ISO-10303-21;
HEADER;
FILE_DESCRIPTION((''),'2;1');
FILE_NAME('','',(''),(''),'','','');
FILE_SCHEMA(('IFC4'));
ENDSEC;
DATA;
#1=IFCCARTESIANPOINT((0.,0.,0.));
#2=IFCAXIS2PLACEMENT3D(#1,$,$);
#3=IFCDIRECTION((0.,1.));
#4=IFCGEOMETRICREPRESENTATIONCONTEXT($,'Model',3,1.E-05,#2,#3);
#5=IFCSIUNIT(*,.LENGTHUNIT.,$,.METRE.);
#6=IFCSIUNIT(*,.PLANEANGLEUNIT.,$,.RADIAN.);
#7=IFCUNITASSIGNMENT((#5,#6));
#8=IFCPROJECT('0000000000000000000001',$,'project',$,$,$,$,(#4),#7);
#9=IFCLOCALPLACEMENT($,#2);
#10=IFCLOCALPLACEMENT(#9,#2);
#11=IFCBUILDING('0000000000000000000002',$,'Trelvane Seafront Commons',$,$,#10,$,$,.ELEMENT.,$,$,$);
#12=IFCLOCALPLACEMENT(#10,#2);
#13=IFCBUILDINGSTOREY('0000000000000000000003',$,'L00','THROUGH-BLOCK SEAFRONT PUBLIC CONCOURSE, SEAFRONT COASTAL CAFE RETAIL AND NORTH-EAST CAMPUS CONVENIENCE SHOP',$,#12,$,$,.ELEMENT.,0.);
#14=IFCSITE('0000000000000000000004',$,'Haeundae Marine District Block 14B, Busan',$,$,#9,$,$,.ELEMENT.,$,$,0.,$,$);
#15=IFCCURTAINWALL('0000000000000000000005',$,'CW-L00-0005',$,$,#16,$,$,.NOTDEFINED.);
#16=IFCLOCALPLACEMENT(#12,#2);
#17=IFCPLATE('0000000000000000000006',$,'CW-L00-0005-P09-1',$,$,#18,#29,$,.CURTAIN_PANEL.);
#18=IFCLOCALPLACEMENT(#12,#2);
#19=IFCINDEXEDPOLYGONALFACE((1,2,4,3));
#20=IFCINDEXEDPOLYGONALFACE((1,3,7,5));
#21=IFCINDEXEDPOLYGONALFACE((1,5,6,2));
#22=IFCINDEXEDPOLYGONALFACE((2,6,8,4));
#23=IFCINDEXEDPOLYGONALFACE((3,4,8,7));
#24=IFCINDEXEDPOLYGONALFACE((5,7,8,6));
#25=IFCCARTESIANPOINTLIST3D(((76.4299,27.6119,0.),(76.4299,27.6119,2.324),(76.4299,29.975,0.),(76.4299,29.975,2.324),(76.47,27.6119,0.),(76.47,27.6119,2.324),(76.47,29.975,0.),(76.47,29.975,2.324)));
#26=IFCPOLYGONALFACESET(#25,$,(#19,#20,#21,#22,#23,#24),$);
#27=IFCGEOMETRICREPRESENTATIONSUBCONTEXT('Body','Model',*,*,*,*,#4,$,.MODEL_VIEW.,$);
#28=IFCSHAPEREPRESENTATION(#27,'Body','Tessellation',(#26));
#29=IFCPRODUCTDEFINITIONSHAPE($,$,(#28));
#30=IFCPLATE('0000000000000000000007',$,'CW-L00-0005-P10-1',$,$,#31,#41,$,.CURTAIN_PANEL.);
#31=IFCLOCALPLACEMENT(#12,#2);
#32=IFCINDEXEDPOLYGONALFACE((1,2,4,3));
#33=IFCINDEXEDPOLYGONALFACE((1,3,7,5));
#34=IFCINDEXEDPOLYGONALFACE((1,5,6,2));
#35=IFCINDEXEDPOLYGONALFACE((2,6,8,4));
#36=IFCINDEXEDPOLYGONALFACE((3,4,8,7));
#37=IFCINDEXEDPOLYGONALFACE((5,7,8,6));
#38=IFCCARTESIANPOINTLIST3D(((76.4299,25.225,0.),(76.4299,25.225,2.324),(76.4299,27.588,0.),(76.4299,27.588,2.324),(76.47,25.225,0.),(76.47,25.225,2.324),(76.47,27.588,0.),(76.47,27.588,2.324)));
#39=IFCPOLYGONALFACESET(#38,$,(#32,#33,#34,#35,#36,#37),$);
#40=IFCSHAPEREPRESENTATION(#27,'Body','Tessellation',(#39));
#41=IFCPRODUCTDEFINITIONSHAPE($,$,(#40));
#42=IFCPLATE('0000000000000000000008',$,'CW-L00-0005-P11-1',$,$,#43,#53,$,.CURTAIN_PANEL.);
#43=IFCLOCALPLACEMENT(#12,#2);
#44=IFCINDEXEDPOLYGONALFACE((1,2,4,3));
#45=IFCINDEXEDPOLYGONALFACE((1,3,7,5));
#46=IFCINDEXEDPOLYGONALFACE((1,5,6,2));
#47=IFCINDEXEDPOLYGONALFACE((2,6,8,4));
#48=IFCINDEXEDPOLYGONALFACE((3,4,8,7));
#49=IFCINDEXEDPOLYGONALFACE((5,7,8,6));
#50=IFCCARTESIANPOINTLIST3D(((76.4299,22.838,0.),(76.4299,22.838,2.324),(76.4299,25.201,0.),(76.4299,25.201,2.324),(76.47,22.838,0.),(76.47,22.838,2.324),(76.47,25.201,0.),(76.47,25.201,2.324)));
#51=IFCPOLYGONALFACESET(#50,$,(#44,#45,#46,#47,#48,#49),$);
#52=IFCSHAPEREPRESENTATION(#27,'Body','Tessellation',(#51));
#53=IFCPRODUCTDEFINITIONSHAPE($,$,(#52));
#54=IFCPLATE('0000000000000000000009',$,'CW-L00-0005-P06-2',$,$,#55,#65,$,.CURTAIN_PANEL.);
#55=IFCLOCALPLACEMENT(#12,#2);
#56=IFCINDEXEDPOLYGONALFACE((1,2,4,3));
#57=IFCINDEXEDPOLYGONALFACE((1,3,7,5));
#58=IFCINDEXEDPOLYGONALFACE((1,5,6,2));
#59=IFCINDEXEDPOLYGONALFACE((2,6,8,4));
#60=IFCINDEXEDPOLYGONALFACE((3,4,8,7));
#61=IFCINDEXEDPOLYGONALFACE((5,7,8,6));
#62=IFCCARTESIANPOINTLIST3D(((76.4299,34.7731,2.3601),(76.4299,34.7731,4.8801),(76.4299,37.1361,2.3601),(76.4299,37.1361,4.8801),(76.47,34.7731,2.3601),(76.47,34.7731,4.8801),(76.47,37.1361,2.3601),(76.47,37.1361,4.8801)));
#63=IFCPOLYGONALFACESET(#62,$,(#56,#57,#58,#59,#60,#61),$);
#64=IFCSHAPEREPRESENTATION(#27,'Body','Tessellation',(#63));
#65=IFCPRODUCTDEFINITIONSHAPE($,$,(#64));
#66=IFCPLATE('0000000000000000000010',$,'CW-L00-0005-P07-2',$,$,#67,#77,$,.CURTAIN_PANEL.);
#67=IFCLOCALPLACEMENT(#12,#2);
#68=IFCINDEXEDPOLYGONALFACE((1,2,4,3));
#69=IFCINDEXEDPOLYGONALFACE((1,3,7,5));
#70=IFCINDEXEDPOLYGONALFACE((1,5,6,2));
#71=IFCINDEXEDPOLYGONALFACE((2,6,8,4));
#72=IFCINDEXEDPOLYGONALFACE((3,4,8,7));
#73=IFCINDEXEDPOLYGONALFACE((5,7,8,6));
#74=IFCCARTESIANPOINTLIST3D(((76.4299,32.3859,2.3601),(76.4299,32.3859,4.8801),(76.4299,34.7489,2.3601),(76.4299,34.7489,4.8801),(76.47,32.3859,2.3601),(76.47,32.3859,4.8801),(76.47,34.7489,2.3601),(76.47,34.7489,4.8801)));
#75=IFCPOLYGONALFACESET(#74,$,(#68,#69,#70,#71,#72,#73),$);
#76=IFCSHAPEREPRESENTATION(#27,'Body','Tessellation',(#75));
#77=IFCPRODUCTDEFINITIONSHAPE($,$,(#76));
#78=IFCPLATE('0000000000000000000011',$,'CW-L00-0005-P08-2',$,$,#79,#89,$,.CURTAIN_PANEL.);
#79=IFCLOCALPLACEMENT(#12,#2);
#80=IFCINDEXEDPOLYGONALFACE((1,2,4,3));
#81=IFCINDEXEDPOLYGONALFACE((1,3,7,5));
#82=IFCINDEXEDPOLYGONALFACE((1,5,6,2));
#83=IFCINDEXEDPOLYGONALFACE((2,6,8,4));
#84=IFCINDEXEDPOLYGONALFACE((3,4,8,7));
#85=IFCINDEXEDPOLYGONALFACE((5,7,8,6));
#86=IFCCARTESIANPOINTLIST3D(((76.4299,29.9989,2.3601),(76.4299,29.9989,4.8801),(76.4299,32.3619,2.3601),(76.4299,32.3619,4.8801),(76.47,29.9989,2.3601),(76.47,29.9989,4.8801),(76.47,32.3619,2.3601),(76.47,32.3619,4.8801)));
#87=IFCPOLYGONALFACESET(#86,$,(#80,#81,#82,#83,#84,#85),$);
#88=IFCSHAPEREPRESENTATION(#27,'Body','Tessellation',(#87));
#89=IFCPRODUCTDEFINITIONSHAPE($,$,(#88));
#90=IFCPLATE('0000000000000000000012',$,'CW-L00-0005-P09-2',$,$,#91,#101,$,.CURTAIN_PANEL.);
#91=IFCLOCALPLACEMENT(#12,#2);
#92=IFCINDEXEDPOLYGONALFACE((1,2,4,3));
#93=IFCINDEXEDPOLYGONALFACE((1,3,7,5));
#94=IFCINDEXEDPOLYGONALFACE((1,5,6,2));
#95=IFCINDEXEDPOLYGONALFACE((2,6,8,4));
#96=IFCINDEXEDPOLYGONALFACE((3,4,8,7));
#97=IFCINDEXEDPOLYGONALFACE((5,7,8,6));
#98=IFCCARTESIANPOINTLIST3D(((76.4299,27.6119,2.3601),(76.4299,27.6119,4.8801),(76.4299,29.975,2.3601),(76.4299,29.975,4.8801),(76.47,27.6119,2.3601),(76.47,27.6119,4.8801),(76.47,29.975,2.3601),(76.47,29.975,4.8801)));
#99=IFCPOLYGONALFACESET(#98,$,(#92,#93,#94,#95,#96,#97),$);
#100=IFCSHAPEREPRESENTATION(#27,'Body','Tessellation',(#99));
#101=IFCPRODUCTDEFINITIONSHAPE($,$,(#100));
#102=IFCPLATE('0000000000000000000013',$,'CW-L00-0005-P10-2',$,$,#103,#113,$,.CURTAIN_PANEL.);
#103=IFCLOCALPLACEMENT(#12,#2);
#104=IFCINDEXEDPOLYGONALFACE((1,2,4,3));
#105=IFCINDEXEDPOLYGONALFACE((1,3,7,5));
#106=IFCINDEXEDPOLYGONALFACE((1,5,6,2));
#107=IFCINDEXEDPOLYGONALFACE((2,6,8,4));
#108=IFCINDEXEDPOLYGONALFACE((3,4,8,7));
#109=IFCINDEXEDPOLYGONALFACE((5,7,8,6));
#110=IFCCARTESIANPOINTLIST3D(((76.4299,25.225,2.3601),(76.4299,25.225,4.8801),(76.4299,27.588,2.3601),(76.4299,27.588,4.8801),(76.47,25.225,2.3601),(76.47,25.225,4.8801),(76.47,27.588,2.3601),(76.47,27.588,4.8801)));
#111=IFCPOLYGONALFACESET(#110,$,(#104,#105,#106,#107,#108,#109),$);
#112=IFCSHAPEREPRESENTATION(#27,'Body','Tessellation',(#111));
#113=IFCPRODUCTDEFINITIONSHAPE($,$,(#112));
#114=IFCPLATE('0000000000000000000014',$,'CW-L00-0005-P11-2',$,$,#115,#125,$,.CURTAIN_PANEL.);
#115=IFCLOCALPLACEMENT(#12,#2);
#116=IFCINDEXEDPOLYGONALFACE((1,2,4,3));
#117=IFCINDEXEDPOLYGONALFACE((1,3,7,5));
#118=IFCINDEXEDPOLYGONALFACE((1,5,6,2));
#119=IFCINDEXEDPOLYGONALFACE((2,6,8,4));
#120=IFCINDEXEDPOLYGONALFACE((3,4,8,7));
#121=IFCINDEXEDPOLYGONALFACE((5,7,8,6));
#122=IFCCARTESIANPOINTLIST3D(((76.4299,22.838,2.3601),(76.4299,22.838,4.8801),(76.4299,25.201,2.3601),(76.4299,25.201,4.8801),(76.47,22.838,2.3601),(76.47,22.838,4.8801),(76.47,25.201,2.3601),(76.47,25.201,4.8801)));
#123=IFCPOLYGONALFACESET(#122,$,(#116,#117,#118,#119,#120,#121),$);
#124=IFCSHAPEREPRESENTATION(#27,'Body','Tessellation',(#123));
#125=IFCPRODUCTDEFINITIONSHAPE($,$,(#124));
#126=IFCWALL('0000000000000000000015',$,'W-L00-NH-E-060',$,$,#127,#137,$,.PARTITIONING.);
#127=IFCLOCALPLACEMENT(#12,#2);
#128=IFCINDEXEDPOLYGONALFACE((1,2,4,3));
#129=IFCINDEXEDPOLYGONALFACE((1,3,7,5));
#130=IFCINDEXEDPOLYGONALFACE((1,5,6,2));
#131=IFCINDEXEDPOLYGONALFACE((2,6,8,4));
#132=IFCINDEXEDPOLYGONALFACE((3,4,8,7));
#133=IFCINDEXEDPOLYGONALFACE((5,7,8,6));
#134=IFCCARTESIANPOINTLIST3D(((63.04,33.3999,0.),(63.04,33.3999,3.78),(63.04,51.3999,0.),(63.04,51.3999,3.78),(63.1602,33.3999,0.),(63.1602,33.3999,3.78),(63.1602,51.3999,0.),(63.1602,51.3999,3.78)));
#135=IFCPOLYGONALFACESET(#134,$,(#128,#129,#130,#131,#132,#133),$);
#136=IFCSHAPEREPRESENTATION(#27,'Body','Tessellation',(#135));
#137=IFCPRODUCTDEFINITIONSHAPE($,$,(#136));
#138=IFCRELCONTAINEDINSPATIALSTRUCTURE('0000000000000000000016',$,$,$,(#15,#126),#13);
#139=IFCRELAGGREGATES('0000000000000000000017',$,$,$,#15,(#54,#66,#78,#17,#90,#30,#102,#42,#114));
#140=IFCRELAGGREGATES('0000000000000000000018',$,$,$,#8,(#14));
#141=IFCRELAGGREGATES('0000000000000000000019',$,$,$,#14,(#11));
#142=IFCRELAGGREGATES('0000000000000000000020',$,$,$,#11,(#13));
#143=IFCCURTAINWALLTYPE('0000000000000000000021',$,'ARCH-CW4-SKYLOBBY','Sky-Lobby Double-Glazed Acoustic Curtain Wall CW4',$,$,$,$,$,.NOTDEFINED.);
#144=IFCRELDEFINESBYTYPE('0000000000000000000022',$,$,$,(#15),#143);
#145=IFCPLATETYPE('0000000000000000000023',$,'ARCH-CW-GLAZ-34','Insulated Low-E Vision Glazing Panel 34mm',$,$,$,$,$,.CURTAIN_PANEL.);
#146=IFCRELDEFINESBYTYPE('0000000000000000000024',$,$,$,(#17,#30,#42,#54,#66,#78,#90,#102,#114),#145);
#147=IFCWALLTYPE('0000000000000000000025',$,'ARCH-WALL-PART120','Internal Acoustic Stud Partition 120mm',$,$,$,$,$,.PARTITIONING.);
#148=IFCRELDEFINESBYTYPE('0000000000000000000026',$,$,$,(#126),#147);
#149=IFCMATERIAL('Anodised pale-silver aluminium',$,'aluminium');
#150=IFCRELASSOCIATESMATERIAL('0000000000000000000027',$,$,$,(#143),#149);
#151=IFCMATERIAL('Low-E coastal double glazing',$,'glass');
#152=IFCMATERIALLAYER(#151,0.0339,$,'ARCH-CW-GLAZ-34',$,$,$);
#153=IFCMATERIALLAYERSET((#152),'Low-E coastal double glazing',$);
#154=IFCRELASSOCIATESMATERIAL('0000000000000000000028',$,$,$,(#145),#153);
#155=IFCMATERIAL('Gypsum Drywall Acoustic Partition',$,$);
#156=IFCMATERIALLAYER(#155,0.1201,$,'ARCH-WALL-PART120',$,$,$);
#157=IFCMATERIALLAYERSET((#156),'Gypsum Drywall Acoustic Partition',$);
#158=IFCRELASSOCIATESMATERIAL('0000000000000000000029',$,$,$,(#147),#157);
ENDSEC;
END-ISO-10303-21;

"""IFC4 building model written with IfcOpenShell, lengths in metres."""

from ifc_helpers import new_model, si_unit, direction, frame, frame_2d, origin, origin_2d, place, context, subcontext, project, spatial, rectangle, extrude, source, transform, mapped, material, layer, layer_set, type_object, element, aggregate, save


model = new_model("IFC4")

# Units and contexts
model_context = context("Model", 3, precision=1e-05, world=origin(), true_north=direction((0.0, 1.0)))
body_context = subcontext(model_context, "Body", "Model", "MODEL_VIEW")
ifc_project = project(units=[si_unit("LENGTHUNIT", "METRE"), si_unit("PLANEANGLEUNIT", "RADIAN")], contexts=[model_context])

# Site, building, storey
site_placement = place(None, origin())
site = spatial("IfcSite", under=ifc_project, at=site_placement, Name="Haeundae Marine District Block 14B, Busan", CompositionType="ELEMENT", RefElevation=0.0)
building_placement = place(site_placement, origin())
building = spatial("IfcBuilding", under=site, at=building_placement, Name="Trelvane Seafront Commons", CompositionType="ELEMENT")
storey_placement = place(building_placement, origin())
storey = spatial("IfcBuildingStorey", under=building, at=storey_placement, Name="L00", Description="THROUGH-BLOCK SEAFRONT PUBLIC CONCOURSE, SEAFRONT COASTAL CAFE RETAIL AND NORTH-EAST CAMPUS CONVENIENCE SHOP", CompositionType="ELEMENT", Elevation=0.0)

# Curtain wall, plates
ifc_material_1 = material(Name="Anodised pale-silver aluminium", Category="aluminium")
curtain_wall_type = type_object("IfcCurtainWallType", Name="ARCH-CW4-SKYLOBBY", Description="Sky-Lobby Double-Glazed Acoustic Curtain Wall CW4", PredefinedType="NOTDEFINED", material=ifc_material_1)
curtain_wall_placement = place(storey_placement, origin())
curtain_wall = element("IfcCurtainWall", 1, at=curtain_wall_placement, inside=storey, type_object=curtain_wall_type, Name="CW-L00-0005", PredefinedType="NOTDEFINED")
ifc_material_2 = material(Name="Low-E coastal double glazing", Category="glass")
ifc_layer_1 = layer(ifc_material_2, 0.0339, Name="ARCH-CW-GLAZ-34")
ifc_layer_set_1 = layer_set([ifc_layer_1], Name="Low-E coastal double glazing")
plate_type = type_object("IfcPlateType", Name="ARCH-CW-GLAZ-34", Description="Insulated Low-E Vision Glazing Panel 34mm", PredefinedType="CURTAIN_PANEL", material=ifc_layer_set_1)
shared_shape_1 = source(origin(), body_context, "Body", "SweptSolid", [
    extrude(rectangle(XDim=2.363, YDim=0.04, at=origin_2d()), origin(), (0.0, 0.0, 1.0), 2.324),
])
plate_1_placement = place(storey_placement, frame((76.45, 28.7935, 0.0), z_axis=(0.0, 0.0, 1.0), x_axis=(0.0, -1.0, 0.0)))
plate_1 = element("IfcPlate", 2, at=plate_1_placement, type_object=plate_type, Name="CW-L00-0005-P09-1", PredefinedType="CURTAIN_PANEL", context=body_context, shape_type="MappedRepresentation", body=[
    mapped(shared_shape_1, transform((0.0, 0.0, 0.0), x_axis=(1.0, 0.0, 0.0), y_axis=(0.0, 1.0, 0.0), z_axis=(0.0, 0.0, 1.0), scale=1.0)),
])
plate_2_placement = place(storey_placement, frame((76.45, 26.4065, 0.0), z_axis=(0.0, 0.0, 1.0), x_axis=(0.0, -1.0, 0.0)))
plate_2 = element("IfcPlate", 3, at=plate_2_placement, type_object=plate_type, Name="CW-L00-0005-P10-1", PredefinedType="CURTAIN_PANEL", context=body_context, shape_type="MappedRepresentation", body=[
    mapped(shared_shape_1, transform((0.0, 0.0, 0.0), x_axis=(1.0, 0.0, 0.0), y_axis=(0.0, 1.0, 0.0), z_axis=(0.0, 0.0, 1.0), scale=1.0)),
])
plate_3_placement = place(storey_placement, frame((76.45, 24.0195, 0.0), z_axis=(0.0, 0.0, 1.0), x_axis=(0.0, -1.0, 0.0)))
plate_3 = element("IfcPlate", 4, at=plate_3_placement, type_object=plate_type, Name="CW-L00-0005-P11-1", PredefinedType="CURTAIN_PANEL", context=body_context, shape_type="MappedRepresentation", body=[
    mapped(shared_shape_1, transform((0.0, 0.0, 0.0), x_axis=(1.0, 0.0, 0.0), y_axis=(0.0, 1.0, 0.0), z_axis=(0.0, 0.0, 1.0), scale=1.0)),
])
shared_shape_2 = source(origin(), body_context, "Body", "SweptSolid", [
    extrude(rectangle(XDim=2.363, YDim=0.04, at=origin_2d()), origin(), (0.0, 0.0, 1.0), 2.52),
])
plate_4_placement = place(storey_placement, frame((76.45, 35.9546, 2.3601), z_axis=(0.0, 0.0, 1.0), x_axis=(0.0, -1.0, 0.0)))
plate_4 = element("IfcPlate", 5, at=plate_4_placement, type_object=plate_type, Name="CW-L00-0005-P06-2", PredefinedType="CURTAIN_PANEL", context=body_context, shape_type="MappedRepresentation", body=[
    mapped(shared_shape_2, transform((0.0, 0.0, 0.0), x_axis=(1.0, 0.0, 0.0), y_axis=(0.0, 1.0, 0.0), z_axis=(0.0, 0.0, 1.0), scale=1.0)),
])
plate_5_placement = place(storey_placement, frame((76.45, 33.5674, 2.3601), z_axis=(0.0, 0.0, 1.0), x_axis=(0.0, -1.0, 0.0)))
plate_5 = element("IfcPlate", 6, at=plate_5_placement, type_object=plate_type, Name="CW-L00-0005-P07-2", PredefinedType="CURTAIN_PANEL", context=body_context, shape_type="MappedRepresentation", body=[
    mapped(shared_shape_2, transform((0.0, 0.0, 0.0), x_axis=(1.0, 0.0, 0.0), y_axis=(0.0, 1.0, 0.0), z_axis=(0.0, 0.0, 1.0), scale=1.0)),
])
plate_6_placement = place(storey_placement, frame((76.45, 31.1804, 2.3601), z_axis=(0.0, 0.0, 1.0), x_axis=(0.0, -1.0, 0.0)))
plate_6 = element("IfcPlate", 7, at=plate_6_placement, type_object=plate_type, Name="CW-L00-0005-P08-2", PredefinedType="CURTAIN_PANEL", context=body_context, shape_type="MappedRepresentation", body=[
    mapped(shared_shape_2, transform((0.0, 0.0, 0.0), x_axis=(1.0, 0.0, 0.0), y_axis=(0.0, 1.0, 0.0), z_axis=(0.0, 0.0, 1.0), scale=1.0)),
])
plate_7_placement = place(storey_placement, frame((76.45, 28.7935, 2.3601), z_axis=(0.0, 0.0, 1.0), x_axis=(0.0, -1.0, 0.0)))
plate_7 = element("IfcPlate", 8, at=plate_7_placement, type_object=plate_type, Name="CW-L00-0005-P09-2", PredefinedType="CURTAIN_PANEL", context=body_context, shape_type="MappedRepresentation", body=[
    mapped(shared_shape_2, transform((0.0, 0.0, 0.0), x_axis=(1.0, 0.0, 0.0), y_axis=(0.0, 1.0, 0.0), z_axis=(0.0, 0.0, 1.0), scale=1.0)),
])
plate_8_placement = place(storey_placement, frame((76.45, 26.4065, 2.3601), z_axis=(0.0, 0.0, 1.0), x_axis=(0.0, -1.0, 0.0)))
plate_8 = element("IfcPlate", 9, at=plate_8_placement, type_object=plate_type, Name="CW-L00-0005-P10-2", PredefinedType="CURTAIN_PANEL", context=body_context, shape_type="MappedRepresentation", body=[
    mapped(shared_shape_2, transform((0.0, 0.0, 0.0), x_axis=(1.0, 0.0, 0.0), y_axis=(0.0, 1.0, 0.0), z_axis=(0.0, 0.0, 1.0), scale=1.0)),
])
plate_9_placement = place(storey_placement, frame((76.45, 24.0195, 2.3601), z_axis=(0.0, 0.0, 1.0), x_axis=(0.0, -1.0, 0.0)))
plate_9 = element("IfcPlate", 10, at=plate_9_placement, type_object=plate_type, Name="CW-L00-0005-P11-2", PredefinedType="CURTAIN_PANEL", context=body_context, shape_type="MappedRepresentation", body=[
    mapped(shared_shape_2, transform((0.0, 0.0, 0.0), x_axis=(1.0, 0.0, 0.0), y_axis=(0.0, 1.0, 0.0), z_axis=(0.0, 0.0, 1.0), scale=1.0)),
])
aggregate(curtain_wall, [plate_4, plate_5, plate_6, plate_1, plate_7, plate_2, plate_8, plate_3, plate_9])

# Wall
ifc_material_3 = material(Name="Gypsum Drywall Acoustic Partition")
ifc_layer_2 = layer(ifc_material_3, 0.1201, Name="ARCH-WALL-PART120")
ifc_layer_set_2 = layer_set([ifc_layer_2], Name="Gypsum Drywall Acoustic Partition")
wall_type = type_object("IfcWallType", Name="ARCH-WALL-PART120", Description="Internal Acoustic Stud Partition 120mm", PredefinedType="PARTITIONING", material=ifc_layer_set_2)
wall_placement = place(storey_placement, frame((63.1001, 33.3999, 0.0), z_axis=(0.0, 0.0, 1.0), x_axis=(0.0, 1.0, 0.0)))
element("IfcWall", 11, at=wall_placement, inside=storey, type_object=wall_type, Name="W-L00-NH-E-060", PredefinedType="PARTITIONING", context=body_context, shape_type="SweptSolid", body=[
    extrude(rectangle(XDim=18.0, YDim=0.1201, at=frame_2d((9.0, 0.0))), origin(), (0.0, 0.0, 1.0), 3.78),
])

save(model, "model.ifc")
